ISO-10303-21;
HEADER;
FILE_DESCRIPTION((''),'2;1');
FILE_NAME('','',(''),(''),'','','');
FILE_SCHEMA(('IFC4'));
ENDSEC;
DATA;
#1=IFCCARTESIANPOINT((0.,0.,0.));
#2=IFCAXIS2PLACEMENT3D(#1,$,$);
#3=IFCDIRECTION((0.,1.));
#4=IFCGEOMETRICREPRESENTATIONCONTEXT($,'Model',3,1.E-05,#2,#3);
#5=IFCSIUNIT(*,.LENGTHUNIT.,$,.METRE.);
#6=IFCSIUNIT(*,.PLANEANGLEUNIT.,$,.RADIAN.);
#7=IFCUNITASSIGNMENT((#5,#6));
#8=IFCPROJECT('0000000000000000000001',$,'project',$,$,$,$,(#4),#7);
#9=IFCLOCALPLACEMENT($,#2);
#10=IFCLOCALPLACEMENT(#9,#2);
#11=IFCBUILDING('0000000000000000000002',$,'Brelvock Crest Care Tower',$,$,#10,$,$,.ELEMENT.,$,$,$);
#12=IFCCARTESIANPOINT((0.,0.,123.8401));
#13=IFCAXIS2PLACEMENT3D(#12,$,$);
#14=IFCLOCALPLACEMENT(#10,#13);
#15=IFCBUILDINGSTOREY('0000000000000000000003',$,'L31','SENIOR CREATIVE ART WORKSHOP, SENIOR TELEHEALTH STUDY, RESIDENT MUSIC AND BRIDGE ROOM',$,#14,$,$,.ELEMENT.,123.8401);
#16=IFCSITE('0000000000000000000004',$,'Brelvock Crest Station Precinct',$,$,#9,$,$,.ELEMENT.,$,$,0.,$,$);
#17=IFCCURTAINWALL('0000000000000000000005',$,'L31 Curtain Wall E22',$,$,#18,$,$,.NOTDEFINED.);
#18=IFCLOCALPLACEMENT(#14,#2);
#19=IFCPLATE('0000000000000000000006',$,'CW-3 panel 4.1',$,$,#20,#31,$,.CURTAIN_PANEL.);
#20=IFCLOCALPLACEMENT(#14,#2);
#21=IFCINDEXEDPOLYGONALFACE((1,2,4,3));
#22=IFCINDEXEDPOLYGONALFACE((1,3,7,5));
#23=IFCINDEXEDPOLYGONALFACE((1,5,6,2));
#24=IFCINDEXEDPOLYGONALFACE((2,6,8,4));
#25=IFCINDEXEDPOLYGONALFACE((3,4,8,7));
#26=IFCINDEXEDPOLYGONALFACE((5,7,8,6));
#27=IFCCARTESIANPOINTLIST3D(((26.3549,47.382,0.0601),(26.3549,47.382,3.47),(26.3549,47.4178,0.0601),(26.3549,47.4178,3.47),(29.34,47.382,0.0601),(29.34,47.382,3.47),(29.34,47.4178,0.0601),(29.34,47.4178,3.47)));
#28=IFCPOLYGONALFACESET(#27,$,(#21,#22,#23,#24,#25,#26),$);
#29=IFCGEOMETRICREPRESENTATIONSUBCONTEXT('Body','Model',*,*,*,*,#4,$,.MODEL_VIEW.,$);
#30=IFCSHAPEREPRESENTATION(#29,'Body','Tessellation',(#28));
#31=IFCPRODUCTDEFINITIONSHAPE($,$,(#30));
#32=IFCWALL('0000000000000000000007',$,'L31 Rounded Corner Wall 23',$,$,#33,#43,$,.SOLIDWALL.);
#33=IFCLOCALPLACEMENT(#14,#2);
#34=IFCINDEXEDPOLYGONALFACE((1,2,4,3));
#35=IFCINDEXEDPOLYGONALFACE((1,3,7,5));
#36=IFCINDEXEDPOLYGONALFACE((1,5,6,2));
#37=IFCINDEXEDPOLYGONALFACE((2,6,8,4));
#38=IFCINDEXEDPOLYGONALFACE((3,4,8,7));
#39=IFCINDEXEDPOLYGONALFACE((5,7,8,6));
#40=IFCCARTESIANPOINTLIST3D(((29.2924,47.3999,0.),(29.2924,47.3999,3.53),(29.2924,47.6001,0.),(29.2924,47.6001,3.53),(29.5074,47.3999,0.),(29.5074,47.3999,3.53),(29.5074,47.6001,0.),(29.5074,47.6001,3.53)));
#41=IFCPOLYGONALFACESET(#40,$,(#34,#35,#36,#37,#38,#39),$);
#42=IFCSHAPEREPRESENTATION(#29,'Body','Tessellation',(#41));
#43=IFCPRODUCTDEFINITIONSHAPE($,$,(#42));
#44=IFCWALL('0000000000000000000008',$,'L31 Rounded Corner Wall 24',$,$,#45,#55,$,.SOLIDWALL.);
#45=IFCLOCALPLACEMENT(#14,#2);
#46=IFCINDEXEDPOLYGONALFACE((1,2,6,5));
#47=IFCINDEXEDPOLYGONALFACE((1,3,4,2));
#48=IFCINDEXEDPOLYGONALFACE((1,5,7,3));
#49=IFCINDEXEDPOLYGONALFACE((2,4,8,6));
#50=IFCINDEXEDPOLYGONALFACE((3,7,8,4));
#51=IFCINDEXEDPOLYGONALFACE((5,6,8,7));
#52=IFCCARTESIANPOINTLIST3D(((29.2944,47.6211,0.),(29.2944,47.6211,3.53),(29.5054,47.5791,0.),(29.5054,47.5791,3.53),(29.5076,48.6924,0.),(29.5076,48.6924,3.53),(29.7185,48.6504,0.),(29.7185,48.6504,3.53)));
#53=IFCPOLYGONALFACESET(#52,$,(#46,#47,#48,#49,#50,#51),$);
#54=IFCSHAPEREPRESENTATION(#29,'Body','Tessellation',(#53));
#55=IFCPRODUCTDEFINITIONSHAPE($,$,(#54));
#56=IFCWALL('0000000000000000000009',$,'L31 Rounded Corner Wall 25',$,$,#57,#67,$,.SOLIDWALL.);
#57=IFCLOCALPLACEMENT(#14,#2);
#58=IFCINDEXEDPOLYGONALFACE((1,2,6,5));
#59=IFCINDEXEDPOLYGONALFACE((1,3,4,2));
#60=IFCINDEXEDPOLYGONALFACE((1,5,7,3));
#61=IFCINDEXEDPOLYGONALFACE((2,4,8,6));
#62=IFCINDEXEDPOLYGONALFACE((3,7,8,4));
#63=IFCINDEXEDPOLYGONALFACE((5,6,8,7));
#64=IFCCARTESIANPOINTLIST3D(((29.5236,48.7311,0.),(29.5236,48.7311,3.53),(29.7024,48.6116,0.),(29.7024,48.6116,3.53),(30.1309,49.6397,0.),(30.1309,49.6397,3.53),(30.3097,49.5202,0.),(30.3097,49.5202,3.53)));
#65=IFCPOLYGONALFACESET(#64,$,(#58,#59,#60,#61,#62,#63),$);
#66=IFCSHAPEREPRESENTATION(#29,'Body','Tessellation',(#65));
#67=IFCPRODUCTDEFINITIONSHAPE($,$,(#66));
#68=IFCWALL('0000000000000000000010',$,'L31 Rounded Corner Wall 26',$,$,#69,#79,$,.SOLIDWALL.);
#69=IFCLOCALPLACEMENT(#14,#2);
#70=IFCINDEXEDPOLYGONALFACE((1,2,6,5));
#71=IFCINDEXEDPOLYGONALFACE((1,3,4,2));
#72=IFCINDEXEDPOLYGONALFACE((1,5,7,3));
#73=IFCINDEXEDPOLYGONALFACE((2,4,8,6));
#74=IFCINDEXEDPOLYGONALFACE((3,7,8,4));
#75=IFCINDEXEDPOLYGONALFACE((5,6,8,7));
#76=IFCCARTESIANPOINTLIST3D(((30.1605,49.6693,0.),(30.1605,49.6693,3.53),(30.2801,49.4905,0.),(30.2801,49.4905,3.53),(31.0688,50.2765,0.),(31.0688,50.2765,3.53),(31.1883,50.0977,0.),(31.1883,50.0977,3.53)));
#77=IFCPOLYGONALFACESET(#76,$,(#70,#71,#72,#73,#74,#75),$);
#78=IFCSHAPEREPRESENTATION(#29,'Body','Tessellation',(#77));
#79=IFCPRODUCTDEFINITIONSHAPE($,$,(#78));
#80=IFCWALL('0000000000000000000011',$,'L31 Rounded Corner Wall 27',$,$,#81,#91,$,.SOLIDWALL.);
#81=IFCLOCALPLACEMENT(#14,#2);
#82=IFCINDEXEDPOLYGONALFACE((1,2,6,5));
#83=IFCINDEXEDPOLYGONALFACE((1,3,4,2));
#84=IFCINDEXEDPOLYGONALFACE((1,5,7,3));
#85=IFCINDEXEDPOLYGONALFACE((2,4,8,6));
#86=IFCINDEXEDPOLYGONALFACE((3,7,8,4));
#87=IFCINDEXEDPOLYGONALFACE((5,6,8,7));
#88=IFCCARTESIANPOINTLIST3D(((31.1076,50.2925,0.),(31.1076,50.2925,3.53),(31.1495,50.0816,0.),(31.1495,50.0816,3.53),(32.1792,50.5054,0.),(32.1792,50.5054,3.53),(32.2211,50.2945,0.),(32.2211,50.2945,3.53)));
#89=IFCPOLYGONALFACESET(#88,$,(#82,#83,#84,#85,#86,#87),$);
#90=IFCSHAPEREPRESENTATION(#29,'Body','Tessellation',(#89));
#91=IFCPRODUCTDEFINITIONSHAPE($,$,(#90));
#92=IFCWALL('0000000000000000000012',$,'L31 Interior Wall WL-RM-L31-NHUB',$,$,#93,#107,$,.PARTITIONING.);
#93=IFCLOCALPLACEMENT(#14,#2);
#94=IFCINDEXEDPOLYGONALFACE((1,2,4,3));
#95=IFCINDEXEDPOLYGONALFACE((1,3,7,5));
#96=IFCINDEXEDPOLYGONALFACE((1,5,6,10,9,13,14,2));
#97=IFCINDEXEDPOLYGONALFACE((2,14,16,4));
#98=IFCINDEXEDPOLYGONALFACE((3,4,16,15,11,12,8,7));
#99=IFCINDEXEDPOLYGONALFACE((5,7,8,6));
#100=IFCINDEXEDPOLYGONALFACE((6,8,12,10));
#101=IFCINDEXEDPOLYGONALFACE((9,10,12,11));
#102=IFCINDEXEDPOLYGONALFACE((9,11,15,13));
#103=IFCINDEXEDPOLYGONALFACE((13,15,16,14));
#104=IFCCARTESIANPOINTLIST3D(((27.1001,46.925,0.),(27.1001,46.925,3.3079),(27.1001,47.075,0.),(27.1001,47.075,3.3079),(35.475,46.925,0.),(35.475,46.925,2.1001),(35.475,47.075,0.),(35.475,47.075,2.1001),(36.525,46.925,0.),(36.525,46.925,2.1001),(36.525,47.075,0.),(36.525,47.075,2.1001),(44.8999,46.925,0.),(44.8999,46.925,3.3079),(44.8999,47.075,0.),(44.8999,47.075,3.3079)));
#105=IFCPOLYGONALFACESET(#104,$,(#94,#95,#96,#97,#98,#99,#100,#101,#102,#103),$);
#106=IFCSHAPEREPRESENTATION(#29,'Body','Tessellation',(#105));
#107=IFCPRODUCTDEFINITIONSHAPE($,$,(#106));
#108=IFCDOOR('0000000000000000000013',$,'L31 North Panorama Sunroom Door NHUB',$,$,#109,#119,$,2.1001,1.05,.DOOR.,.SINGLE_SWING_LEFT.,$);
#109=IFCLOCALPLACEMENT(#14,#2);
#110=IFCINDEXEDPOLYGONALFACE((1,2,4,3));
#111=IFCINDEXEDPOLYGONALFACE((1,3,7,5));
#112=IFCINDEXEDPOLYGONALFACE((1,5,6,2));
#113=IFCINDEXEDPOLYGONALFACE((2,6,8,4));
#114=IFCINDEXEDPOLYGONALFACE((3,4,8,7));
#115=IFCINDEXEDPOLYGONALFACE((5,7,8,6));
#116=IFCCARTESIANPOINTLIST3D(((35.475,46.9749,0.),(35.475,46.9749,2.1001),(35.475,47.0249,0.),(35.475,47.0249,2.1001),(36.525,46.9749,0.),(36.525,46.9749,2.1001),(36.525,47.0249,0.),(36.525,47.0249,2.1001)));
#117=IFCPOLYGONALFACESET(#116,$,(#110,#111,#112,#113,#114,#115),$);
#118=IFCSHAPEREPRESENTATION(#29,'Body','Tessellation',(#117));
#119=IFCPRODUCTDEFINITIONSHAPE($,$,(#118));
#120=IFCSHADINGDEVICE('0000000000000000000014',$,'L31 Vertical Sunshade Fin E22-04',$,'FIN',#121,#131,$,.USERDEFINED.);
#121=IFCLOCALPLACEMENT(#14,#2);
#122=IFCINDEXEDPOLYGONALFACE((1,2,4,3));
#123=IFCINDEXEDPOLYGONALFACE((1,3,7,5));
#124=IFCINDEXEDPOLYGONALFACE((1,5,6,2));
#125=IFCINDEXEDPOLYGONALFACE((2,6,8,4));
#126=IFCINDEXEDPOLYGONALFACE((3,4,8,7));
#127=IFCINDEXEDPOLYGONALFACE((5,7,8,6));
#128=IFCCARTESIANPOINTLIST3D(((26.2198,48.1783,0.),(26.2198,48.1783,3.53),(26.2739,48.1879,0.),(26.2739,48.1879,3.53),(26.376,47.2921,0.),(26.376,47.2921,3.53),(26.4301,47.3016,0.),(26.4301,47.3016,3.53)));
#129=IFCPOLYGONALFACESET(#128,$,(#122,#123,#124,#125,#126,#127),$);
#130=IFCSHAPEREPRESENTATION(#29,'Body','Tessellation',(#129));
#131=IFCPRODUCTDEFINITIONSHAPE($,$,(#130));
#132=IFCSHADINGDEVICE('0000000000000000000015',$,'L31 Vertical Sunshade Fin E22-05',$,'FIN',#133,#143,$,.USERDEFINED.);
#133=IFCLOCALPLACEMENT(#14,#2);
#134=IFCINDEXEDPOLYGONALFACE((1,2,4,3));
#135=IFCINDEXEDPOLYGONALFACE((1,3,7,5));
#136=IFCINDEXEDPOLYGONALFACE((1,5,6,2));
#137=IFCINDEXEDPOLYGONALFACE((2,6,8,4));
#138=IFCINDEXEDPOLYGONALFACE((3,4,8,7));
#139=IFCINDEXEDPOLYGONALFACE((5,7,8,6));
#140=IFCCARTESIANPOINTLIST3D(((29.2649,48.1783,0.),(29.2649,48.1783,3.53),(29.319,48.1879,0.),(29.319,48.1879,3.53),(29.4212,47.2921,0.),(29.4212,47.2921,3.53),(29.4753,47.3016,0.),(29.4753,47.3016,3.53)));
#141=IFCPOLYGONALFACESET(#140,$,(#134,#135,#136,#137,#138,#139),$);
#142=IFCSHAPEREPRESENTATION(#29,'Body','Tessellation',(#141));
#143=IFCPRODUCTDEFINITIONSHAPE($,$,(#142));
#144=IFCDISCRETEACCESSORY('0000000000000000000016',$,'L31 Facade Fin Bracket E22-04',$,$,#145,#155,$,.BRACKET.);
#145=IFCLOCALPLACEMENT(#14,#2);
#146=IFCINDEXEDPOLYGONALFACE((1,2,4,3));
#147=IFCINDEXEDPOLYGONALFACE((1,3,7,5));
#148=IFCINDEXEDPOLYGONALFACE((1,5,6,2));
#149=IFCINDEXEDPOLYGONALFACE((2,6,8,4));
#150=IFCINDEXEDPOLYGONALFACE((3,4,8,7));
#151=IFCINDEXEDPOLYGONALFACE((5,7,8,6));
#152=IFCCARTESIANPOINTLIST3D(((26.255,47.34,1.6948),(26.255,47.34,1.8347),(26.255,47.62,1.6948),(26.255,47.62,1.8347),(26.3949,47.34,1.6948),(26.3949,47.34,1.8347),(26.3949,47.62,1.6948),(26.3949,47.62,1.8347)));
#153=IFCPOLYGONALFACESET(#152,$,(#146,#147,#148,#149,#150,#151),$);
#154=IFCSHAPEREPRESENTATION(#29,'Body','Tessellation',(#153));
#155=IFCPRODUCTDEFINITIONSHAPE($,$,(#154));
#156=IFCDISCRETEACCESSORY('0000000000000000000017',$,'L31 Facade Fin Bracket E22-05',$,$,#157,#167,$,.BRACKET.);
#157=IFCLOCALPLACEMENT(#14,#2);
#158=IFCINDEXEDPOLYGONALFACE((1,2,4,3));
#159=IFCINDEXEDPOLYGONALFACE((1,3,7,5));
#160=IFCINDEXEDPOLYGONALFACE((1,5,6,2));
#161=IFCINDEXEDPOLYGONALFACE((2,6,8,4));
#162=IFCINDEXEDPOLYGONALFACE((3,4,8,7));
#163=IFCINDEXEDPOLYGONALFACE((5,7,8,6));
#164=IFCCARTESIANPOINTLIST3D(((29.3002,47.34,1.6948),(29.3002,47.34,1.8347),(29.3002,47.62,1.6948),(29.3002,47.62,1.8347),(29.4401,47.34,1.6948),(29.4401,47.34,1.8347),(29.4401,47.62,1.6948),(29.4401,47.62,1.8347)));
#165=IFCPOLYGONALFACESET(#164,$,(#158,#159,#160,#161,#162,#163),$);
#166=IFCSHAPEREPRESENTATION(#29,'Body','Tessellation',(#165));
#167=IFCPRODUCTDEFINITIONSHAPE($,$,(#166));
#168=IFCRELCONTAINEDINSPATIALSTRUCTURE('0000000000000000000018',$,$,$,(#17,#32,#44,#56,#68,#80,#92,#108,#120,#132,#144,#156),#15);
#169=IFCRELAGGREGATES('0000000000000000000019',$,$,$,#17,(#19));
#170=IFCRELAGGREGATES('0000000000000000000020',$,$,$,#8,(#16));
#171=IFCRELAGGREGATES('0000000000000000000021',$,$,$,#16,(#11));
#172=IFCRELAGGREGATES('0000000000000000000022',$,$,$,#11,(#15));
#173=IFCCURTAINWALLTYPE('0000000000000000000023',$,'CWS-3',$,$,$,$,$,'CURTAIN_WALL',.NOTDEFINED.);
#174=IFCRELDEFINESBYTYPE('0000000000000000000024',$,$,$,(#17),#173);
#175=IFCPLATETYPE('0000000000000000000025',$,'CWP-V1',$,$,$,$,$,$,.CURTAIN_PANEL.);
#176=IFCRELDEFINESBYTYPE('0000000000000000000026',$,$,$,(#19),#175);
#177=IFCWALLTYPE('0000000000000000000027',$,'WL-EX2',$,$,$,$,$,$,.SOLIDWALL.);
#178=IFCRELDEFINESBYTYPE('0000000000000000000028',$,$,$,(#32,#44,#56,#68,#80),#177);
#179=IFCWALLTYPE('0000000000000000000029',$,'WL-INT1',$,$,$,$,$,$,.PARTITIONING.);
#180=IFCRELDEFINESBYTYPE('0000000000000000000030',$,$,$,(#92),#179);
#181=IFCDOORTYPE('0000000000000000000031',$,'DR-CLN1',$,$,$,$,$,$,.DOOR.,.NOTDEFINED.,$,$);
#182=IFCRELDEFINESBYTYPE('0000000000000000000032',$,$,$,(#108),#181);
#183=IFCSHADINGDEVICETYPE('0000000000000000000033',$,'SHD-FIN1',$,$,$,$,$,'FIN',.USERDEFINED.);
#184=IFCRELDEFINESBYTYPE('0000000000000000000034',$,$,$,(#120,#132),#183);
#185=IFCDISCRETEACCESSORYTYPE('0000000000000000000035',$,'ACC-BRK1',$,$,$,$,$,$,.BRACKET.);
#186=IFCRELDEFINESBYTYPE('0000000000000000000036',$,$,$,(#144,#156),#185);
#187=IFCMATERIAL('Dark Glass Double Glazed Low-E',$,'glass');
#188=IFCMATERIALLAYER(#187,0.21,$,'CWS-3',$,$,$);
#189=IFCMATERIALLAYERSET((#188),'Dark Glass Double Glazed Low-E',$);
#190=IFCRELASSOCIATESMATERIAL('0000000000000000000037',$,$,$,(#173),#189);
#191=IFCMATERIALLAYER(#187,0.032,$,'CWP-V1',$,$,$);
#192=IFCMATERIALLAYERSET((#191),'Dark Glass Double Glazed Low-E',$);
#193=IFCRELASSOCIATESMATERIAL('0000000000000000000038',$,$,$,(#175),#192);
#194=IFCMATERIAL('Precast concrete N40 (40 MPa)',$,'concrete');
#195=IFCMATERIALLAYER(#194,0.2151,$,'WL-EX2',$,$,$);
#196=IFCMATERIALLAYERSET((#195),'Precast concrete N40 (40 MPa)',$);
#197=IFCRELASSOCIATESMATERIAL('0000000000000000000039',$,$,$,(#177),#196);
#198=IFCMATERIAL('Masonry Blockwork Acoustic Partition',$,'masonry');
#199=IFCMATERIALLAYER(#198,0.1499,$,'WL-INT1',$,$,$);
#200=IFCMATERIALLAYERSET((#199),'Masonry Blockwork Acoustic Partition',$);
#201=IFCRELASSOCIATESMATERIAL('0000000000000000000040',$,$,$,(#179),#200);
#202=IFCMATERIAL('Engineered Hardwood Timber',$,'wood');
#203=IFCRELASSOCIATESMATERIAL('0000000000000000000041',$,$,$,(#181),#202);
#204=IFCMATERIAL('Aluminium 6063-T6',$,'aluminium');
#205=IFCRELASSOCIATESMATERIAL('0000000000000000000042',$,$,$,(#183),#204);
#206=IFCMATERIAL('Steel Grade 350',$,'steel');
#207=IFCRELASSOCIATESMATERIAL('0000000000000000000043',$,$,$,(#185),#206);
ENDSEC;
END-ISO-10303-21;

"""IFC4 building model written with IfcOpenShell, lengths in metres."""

from ifc_helpers import new_model, si_unit, direction, frame, frame_2d, origin, origin_2d, place, context, subcontext, project, spatial, rectangle, extrude, source, transform, mapped, material, layer, layer_set, material_profile, profile_set, type_object, element, fill, aggregate, save


model = new_model("IFC4")

# Units and contexts
model_context = context("Model", 3, precision=1e-05, world=origin(), true_north=direction((0.0, 1.0)))
body_context = subcontext(model_context, "Body", "Model", "MODEL_VIEW")
ifc_project = project(units=[si_unit("LENGTHUNIT", "METRE"), si_unit("PLANEANGLEUNIT", "RADIAN")], contexts=[model_context])

# Site, building, storey
site_placement = place(None, origin())
site = spatial("IfcSite", under=ifc_project, at=site_placement, Name="Brelvock Crest Station Precinct", CompositionType="ELEMENT", RefElevation=0.0)
building_placement = place(site_placement, origin())
building = spatial("IfcBuilding", under=site, at=building_placement, Name="Brelvock Crest Care Tower", CompositionType="ELEMENT")
storey_placement = place(building_placement, frame((0.0, 0.0, 123.8401)))
storey = spatial("IfcBuildingStorey", under=building, at=storey_placement, Name="L31", Description="SENIOR CREATIVE ART WORKSHOP, SENIOR TELEHEALTH STUDY, RESIDENT MUSIC AND BRIDGE ROOM", CompositionType="ELEMENT", Elevation=123.8401)

# Shared definitions
ifc_material_1 = material(Name="Steel Grade 350", Category="steel")

# Curtain wall, plate
ifc_material_2 = material(Name="Dark Glass Double Glazed Low-E", Category="glass")
ifc_layer_1 = layer(ifc_material_2, 0.21, Name="CWS-3")
ifc_layer_set_1 = layer_set([ifc_layer_1], Name="Dark Glass Double Glazed Low-E")
curtain_wall_type = type_object("IfcCurtainWallType", Name="CWS-3", ElementType="CURTAIN_WALL", PredefinedType="NOTDEFINED", material=ifc_layer_set_1)
curtain_wall_placement = place(storey_placement, origin())
curtain_wall = element("IfcCurtainWall", 1, at=curtain_wall_placement, inside=storey, type_object=curtain_wall_type, Name="L31 Curtain Wall E22", PredefinedType="NOTDEFINED")
ifc_material_3 = material(Name="Aluminium 6063-T6", Category="aluminium")
ifc_layer_2 = layer(ifc_material_2, 0.032, Name="CWP-V1")
ifc_layer_set_2 = layer_set([ifc_layer_2], Name="Dark Glass Double Glazed Low-E")
plate_type = type_object("IfcPlateType", Name="CWP-V1", PredefinedType="CURTAIN_PANEL", material=ifc_layer_set_2)
shared_shape_1 = source(origin(), body_context, "Body", "SweptSolid", [
    extrude(rectangle(XDim=2.9851, YDim=0.0359, at=origin_2d()), origin(), (0.0, 0.0, 1.0), 3.4099),
])
plate_placement = place(storey_placement, frame((27.8474, 47.3999, 0.0601), z_axis=(0.0, 0.0, 1.0), x_axis=(1.0, 0.0, 0.0)))
plate = element("IfcPlate", 2, at=plate_placement, type_object=plate_type, Name="CW-3 panel 4.1", PredefinedType="CURTAIN_PANEL", context=body_context, shape_type="MappedRepresentation", body=[
    mapped(shared_shape_1, transform((0.0, 0.0, 0.0), x_axis=(1.0, 0.0, 0.0), y_axis=(0.0, 1.0, 0.0), z_axis=(0.0, 0.0, 1.0), scale=1.0)),
])
aggregate(curtain_wall, [plate])

# Walls
ifc_material_4 = material(Name="Precast concrete N40 (40 MPa)", Category="concrete")
ifc_layer_3 = layer(ifc_material_4, 0.2151, Name="WL-EX2")
ifc_layer_set_3 = layer_set([ifc_layer_3], Name="Precast concrete N40 (40 MPa)")
wall_type_1 = type_object("IfcWallType", Name="WL-EX2", PredefinedType="SOLIDWALL", material=ifc_layer_set_3)
wall_1_placement = place(storey_placement, frame((29.3999, 47.3999, 0.0), z_axis=(0.0, 0.0, 1.0), x_axis=(0.0, 1.0, 0.0)))
element("IfcWall", 3, at=wall_1_placement, inside=storey, type_object=wall_type_1, Name="L31 Rounded Corner Wall 23", PredefinedType="SOLIDWALL", context=body_context, shape_type="SweptSolid", body=[
    extrude(rectangle(XDim=0.2002, YDim=0.2151, at=frame_2d((0.1001, 0.0))), origin(), (0.0, 0.0, 1.0), 3.53),
])
wall_2_placement = place(storey_placement, frame((29.3999, 47.6001, 0.0), z_axis=(0.0, 0.0, 1.0), x_axis=(0.195127, 0.980778, 0.0)))
element("IfcWall", 4, at=wall_2_placement, inside=storey, type_object=wall_type_1, Name="L31 Rounded Corner Wall 24", PredefinedType="SOLIDWALL", context=body_context, shape_type="SweptSolid", body=[
    extrude(rectangle(XDim=1.0923, YDim=0.2151, at=frame_2d((0.5461, 0.0))), origin(), (0.0, 0.0, 1.0), 3.53),
])
wall_3_placement = place(storey_placement, frame((29.613, 48.6714, 0.0), z_axis=(0.0, 0.0, 1.0), x_axis=(0.555679, 0.831397, 0.0)))
element("IfcWall", 5, at=wall_3_placement, inside=storey, type_object=wall_type_1, Name="L31 Rounded Corner Wall 25", PredefinedType="SOLIDWALL", context=body_context, shape_type="SweptSolid", body=[
    extrude(rectangle(XDim=1.0928, YDim=0.2151, at=frame_2d((0.5464, 0.0))), origin(), (0.0, 0.0, 1.0), 3.53),
])
for number, where, z_axis, x_axis, name in (
    (6, (30.2202, 49.5798, 0.0), (0.0, 0.0, 1.0), (0.831328, 0.555783, 0.0), "L31 Rounded Corner Wall 26"),
    (7, (31.1284, 50.187, 0.0), (0.0, 0.0, 1.0), (0.980829, 0.19487, 0.0), "L31 Rounded Corner Wall 27"),
):
    element("IfcWall", number, at=place(storey_placement, frame(where, z_axis=z_axis, x_axis=x_axis)), inside=storey, type_object=wall_type_1, Name=name, PredefinedType="SOLIDWALL", context=body_context, shape_type="SweptSolid", body=[
        extrude(rectangle(XDim=1.0925, YDim=0.2151, at=frame_2d((0.5464, 0.0))), origin(), (0.0, 0.0, 1.0), 3.53),
    ])

# Wall, opening, door
ifc_material_5 = material(Name="Masonry Blockwork Acoustic Partition", Category="masonry")
ifc_layer_4 = layer(ifc_material_5, 0.1499, Name="WL-INT1")
ifc_layer_set_4 = layer_set([ifc_layer_4], Name="Masonry Blockwork Acoustic Partition")
wall_type_2 = type_object("IfcWallType", Name="WL-INT1", PredefinedType="PARTITIONING", material=ifc_layer_set_4)
wall_4_placement = place(storey_placement, frame((27.1001, 47.0, 0.0), z_axis=(0.0, 0.0, 1.0), x_axis=(1.0, 0.0, 0.0)))
wall_4 = element("IfcWall", 8, at=wall_4_placement, inside=storey, type_object=wall_type_2, Name="L31 Interior Wall WL-RM-L31-NHUB", PredefinedType="PARTITIONING", context=body_context, shape_type="SweptSolid", body=[
    extrude(rectangle(XDim=17.7998, YDim=0.1499, at=frame_2d((8.8999, 0.0))), origin(), (0.0, 0.0, 1.0), 3.3079),
])
opening_placement = place(wall_4_placement, frame((8.375, 0.0, 0.0)))
opening = element("IfcOpeningElement", 9, at=opening_placement, cuts=wall_4, PredefinedType="OPENING", context=body_context, shape_type="SweptSolid", body=[
    extrude(rectangle(XDim=1.05, YDim=2.1001, at=origin_2d()), frame((0.5249, 0.085, 1.05), z_axis=(0.0, -1.0, 0.0), x_axis=(1.0, 0.0, 0.0)), (0.0, 0.0, 1.0), 0.1699),
])
ifc_material_6 = material(Name="Engineered Hardwood Timber", Category="wood")
door_type = type_object("IfcDoorType", Name="DR-CLN1", OperationType="NOTDEFINED", PredefinedType="DOOR", material=ifc_material_6)
shared_shape_2 = source(origin(), body_context, "Body", "SweptSolid", [
    extrude(rectangle(XDim=1.05, YDim=2.1001, at=origin_2d()), frame((0.5249, 0.0249, 1.05), z_axis=(0.0, -1.0, 0.0), x_axis=(1.0, 0.0, 0.0)), (0.0, 0.0, 1.0), 0.05),
])
door_placement = place(opening_placement, origin())
door = element("IfcDoor", 10, at=door_placement, inside=storey, type_object=door_type, Name="L31 North Panorama Sunroom Door NHUB", OperationType="SINGLE_SWING_LEFT", OverallHeight=2.1001, OverallWidth=1.05, PredefinedType="DOOR", context=body_context, shape_type="MappedRepresentation", body=[
    mapped(shared_shape_2, transform((0.0, 0.0, 0.0), x_axis=(1.0, 0.0, 0.0), y_axis=(0.0, 1.0, 0.0), z_axis=(0.0, 0.0, 1.0), scale=1.0)),
])
fill(opening, door)

# Shading devices
ifc_material_profile_1 = material_profile(ifc_material_3, rectangle(XDim=0.0549, YDim=0.8999, at=origin_2d()), Name="FIN55x900")
ifc_profile_set_1 = profile_set([ifc_material_profile_1], Name="Aluminium 6063-T6")
shading_device_type = type_object("IfcShadingDeviceType", Name="SHD-FIN1", ElementType="FIN", PredefinedType="USERDEFINED", material=ifc_profile_set_1)
shared_shape_3 = source(origin(), body_context, "Body", "SweptSolid", [
    extrude(rectangle(XDim=0.0549, YDim=0.8999, at=origin_2d()), origin(), (0.0, 0.0, 1.0), 3.53),
])
for number, where, z_axis, x_axis, name in (
    (11, (26.325, 47.74, 0.0), (0.0, 0.0, 1.0), (0.984808, 0.173648, 0.0), "L31 Vertical Sunshade Fin E22-04"),
    (12, (29.3701, 47.74, 0.0), (0.0, 0.0, 1.0), (0.984808, 0.173648, 0.0), "L31 Vertical Sunshade Fin E22-05"),
):
    element("IfcShadingDevice", number, at=place(storey_placement, frame(where, z_axis=z_axis, x_axis=x_axis)), inside=storey, type_object=shading_device_type, Name=name, ObjectType="FIN", PredefinedType="USERDEFINED", context=body_context, shape_type="MappedRepresentation", body=[
        mapped(shared_shape_3, transform((0.0, 0.0, 0.0), x_axis=(1.0, 0.0, 0.0), y_axis=(0.0, 1.0, 0.0), z_axis=(0.0, 0.0, 1.0), scale=1.0)),
    ])

# Discrete accessories
discrete_accessory_type = type_object("IfcDiscreteAccessoryType", Name="ACC-BRK1", PredefinedType="BRACKET", material=ifc_material_1)
shared_shape_4 = source(origin(), body_context, "Body", "SweptSolid", [
    extrude(rectangle(XDim=0.28, YDim=0.1399, at=origin_2d()), origin(), (0.0, 0.0, 1.0), 0.1399),
])
for number, where, z_axis, x_axis, name in (
    (13, (26.325, 47.48, 1.6948), (0.0, 0.0, 1.0), (0.0, 1.0, 0.0), "L31 Facade Fin Bracket E22-04"),
    (14, (29.3701, 47.48, 1.6948), (0.0, 0.0, 1.0), (0.0, 1.0, 0.0), "L31 Facade Fin Bracket E22-05"),
):
    element("IfcDiscreteAccessory", number, at=place(storey_placement, frame(where, z_axis=z_axis, x_axis=x_axis)), inside=storey, type_object=discrete_accessory_type, Name=name, PredefinedType="BRACKET", context=body_context, shape_type="MappedRepresentation", body=[
        mapped(shared_shape_4, transform((0.0, 0.0, 0.0), x_axis=(1.0, 0.0, 0.0), y_axis=(0.0, 1.0, 0.0), z_axis=(0.0, 0.0, 1.0), scale=1.0)),
    ])

save(model, "model.ifc")
